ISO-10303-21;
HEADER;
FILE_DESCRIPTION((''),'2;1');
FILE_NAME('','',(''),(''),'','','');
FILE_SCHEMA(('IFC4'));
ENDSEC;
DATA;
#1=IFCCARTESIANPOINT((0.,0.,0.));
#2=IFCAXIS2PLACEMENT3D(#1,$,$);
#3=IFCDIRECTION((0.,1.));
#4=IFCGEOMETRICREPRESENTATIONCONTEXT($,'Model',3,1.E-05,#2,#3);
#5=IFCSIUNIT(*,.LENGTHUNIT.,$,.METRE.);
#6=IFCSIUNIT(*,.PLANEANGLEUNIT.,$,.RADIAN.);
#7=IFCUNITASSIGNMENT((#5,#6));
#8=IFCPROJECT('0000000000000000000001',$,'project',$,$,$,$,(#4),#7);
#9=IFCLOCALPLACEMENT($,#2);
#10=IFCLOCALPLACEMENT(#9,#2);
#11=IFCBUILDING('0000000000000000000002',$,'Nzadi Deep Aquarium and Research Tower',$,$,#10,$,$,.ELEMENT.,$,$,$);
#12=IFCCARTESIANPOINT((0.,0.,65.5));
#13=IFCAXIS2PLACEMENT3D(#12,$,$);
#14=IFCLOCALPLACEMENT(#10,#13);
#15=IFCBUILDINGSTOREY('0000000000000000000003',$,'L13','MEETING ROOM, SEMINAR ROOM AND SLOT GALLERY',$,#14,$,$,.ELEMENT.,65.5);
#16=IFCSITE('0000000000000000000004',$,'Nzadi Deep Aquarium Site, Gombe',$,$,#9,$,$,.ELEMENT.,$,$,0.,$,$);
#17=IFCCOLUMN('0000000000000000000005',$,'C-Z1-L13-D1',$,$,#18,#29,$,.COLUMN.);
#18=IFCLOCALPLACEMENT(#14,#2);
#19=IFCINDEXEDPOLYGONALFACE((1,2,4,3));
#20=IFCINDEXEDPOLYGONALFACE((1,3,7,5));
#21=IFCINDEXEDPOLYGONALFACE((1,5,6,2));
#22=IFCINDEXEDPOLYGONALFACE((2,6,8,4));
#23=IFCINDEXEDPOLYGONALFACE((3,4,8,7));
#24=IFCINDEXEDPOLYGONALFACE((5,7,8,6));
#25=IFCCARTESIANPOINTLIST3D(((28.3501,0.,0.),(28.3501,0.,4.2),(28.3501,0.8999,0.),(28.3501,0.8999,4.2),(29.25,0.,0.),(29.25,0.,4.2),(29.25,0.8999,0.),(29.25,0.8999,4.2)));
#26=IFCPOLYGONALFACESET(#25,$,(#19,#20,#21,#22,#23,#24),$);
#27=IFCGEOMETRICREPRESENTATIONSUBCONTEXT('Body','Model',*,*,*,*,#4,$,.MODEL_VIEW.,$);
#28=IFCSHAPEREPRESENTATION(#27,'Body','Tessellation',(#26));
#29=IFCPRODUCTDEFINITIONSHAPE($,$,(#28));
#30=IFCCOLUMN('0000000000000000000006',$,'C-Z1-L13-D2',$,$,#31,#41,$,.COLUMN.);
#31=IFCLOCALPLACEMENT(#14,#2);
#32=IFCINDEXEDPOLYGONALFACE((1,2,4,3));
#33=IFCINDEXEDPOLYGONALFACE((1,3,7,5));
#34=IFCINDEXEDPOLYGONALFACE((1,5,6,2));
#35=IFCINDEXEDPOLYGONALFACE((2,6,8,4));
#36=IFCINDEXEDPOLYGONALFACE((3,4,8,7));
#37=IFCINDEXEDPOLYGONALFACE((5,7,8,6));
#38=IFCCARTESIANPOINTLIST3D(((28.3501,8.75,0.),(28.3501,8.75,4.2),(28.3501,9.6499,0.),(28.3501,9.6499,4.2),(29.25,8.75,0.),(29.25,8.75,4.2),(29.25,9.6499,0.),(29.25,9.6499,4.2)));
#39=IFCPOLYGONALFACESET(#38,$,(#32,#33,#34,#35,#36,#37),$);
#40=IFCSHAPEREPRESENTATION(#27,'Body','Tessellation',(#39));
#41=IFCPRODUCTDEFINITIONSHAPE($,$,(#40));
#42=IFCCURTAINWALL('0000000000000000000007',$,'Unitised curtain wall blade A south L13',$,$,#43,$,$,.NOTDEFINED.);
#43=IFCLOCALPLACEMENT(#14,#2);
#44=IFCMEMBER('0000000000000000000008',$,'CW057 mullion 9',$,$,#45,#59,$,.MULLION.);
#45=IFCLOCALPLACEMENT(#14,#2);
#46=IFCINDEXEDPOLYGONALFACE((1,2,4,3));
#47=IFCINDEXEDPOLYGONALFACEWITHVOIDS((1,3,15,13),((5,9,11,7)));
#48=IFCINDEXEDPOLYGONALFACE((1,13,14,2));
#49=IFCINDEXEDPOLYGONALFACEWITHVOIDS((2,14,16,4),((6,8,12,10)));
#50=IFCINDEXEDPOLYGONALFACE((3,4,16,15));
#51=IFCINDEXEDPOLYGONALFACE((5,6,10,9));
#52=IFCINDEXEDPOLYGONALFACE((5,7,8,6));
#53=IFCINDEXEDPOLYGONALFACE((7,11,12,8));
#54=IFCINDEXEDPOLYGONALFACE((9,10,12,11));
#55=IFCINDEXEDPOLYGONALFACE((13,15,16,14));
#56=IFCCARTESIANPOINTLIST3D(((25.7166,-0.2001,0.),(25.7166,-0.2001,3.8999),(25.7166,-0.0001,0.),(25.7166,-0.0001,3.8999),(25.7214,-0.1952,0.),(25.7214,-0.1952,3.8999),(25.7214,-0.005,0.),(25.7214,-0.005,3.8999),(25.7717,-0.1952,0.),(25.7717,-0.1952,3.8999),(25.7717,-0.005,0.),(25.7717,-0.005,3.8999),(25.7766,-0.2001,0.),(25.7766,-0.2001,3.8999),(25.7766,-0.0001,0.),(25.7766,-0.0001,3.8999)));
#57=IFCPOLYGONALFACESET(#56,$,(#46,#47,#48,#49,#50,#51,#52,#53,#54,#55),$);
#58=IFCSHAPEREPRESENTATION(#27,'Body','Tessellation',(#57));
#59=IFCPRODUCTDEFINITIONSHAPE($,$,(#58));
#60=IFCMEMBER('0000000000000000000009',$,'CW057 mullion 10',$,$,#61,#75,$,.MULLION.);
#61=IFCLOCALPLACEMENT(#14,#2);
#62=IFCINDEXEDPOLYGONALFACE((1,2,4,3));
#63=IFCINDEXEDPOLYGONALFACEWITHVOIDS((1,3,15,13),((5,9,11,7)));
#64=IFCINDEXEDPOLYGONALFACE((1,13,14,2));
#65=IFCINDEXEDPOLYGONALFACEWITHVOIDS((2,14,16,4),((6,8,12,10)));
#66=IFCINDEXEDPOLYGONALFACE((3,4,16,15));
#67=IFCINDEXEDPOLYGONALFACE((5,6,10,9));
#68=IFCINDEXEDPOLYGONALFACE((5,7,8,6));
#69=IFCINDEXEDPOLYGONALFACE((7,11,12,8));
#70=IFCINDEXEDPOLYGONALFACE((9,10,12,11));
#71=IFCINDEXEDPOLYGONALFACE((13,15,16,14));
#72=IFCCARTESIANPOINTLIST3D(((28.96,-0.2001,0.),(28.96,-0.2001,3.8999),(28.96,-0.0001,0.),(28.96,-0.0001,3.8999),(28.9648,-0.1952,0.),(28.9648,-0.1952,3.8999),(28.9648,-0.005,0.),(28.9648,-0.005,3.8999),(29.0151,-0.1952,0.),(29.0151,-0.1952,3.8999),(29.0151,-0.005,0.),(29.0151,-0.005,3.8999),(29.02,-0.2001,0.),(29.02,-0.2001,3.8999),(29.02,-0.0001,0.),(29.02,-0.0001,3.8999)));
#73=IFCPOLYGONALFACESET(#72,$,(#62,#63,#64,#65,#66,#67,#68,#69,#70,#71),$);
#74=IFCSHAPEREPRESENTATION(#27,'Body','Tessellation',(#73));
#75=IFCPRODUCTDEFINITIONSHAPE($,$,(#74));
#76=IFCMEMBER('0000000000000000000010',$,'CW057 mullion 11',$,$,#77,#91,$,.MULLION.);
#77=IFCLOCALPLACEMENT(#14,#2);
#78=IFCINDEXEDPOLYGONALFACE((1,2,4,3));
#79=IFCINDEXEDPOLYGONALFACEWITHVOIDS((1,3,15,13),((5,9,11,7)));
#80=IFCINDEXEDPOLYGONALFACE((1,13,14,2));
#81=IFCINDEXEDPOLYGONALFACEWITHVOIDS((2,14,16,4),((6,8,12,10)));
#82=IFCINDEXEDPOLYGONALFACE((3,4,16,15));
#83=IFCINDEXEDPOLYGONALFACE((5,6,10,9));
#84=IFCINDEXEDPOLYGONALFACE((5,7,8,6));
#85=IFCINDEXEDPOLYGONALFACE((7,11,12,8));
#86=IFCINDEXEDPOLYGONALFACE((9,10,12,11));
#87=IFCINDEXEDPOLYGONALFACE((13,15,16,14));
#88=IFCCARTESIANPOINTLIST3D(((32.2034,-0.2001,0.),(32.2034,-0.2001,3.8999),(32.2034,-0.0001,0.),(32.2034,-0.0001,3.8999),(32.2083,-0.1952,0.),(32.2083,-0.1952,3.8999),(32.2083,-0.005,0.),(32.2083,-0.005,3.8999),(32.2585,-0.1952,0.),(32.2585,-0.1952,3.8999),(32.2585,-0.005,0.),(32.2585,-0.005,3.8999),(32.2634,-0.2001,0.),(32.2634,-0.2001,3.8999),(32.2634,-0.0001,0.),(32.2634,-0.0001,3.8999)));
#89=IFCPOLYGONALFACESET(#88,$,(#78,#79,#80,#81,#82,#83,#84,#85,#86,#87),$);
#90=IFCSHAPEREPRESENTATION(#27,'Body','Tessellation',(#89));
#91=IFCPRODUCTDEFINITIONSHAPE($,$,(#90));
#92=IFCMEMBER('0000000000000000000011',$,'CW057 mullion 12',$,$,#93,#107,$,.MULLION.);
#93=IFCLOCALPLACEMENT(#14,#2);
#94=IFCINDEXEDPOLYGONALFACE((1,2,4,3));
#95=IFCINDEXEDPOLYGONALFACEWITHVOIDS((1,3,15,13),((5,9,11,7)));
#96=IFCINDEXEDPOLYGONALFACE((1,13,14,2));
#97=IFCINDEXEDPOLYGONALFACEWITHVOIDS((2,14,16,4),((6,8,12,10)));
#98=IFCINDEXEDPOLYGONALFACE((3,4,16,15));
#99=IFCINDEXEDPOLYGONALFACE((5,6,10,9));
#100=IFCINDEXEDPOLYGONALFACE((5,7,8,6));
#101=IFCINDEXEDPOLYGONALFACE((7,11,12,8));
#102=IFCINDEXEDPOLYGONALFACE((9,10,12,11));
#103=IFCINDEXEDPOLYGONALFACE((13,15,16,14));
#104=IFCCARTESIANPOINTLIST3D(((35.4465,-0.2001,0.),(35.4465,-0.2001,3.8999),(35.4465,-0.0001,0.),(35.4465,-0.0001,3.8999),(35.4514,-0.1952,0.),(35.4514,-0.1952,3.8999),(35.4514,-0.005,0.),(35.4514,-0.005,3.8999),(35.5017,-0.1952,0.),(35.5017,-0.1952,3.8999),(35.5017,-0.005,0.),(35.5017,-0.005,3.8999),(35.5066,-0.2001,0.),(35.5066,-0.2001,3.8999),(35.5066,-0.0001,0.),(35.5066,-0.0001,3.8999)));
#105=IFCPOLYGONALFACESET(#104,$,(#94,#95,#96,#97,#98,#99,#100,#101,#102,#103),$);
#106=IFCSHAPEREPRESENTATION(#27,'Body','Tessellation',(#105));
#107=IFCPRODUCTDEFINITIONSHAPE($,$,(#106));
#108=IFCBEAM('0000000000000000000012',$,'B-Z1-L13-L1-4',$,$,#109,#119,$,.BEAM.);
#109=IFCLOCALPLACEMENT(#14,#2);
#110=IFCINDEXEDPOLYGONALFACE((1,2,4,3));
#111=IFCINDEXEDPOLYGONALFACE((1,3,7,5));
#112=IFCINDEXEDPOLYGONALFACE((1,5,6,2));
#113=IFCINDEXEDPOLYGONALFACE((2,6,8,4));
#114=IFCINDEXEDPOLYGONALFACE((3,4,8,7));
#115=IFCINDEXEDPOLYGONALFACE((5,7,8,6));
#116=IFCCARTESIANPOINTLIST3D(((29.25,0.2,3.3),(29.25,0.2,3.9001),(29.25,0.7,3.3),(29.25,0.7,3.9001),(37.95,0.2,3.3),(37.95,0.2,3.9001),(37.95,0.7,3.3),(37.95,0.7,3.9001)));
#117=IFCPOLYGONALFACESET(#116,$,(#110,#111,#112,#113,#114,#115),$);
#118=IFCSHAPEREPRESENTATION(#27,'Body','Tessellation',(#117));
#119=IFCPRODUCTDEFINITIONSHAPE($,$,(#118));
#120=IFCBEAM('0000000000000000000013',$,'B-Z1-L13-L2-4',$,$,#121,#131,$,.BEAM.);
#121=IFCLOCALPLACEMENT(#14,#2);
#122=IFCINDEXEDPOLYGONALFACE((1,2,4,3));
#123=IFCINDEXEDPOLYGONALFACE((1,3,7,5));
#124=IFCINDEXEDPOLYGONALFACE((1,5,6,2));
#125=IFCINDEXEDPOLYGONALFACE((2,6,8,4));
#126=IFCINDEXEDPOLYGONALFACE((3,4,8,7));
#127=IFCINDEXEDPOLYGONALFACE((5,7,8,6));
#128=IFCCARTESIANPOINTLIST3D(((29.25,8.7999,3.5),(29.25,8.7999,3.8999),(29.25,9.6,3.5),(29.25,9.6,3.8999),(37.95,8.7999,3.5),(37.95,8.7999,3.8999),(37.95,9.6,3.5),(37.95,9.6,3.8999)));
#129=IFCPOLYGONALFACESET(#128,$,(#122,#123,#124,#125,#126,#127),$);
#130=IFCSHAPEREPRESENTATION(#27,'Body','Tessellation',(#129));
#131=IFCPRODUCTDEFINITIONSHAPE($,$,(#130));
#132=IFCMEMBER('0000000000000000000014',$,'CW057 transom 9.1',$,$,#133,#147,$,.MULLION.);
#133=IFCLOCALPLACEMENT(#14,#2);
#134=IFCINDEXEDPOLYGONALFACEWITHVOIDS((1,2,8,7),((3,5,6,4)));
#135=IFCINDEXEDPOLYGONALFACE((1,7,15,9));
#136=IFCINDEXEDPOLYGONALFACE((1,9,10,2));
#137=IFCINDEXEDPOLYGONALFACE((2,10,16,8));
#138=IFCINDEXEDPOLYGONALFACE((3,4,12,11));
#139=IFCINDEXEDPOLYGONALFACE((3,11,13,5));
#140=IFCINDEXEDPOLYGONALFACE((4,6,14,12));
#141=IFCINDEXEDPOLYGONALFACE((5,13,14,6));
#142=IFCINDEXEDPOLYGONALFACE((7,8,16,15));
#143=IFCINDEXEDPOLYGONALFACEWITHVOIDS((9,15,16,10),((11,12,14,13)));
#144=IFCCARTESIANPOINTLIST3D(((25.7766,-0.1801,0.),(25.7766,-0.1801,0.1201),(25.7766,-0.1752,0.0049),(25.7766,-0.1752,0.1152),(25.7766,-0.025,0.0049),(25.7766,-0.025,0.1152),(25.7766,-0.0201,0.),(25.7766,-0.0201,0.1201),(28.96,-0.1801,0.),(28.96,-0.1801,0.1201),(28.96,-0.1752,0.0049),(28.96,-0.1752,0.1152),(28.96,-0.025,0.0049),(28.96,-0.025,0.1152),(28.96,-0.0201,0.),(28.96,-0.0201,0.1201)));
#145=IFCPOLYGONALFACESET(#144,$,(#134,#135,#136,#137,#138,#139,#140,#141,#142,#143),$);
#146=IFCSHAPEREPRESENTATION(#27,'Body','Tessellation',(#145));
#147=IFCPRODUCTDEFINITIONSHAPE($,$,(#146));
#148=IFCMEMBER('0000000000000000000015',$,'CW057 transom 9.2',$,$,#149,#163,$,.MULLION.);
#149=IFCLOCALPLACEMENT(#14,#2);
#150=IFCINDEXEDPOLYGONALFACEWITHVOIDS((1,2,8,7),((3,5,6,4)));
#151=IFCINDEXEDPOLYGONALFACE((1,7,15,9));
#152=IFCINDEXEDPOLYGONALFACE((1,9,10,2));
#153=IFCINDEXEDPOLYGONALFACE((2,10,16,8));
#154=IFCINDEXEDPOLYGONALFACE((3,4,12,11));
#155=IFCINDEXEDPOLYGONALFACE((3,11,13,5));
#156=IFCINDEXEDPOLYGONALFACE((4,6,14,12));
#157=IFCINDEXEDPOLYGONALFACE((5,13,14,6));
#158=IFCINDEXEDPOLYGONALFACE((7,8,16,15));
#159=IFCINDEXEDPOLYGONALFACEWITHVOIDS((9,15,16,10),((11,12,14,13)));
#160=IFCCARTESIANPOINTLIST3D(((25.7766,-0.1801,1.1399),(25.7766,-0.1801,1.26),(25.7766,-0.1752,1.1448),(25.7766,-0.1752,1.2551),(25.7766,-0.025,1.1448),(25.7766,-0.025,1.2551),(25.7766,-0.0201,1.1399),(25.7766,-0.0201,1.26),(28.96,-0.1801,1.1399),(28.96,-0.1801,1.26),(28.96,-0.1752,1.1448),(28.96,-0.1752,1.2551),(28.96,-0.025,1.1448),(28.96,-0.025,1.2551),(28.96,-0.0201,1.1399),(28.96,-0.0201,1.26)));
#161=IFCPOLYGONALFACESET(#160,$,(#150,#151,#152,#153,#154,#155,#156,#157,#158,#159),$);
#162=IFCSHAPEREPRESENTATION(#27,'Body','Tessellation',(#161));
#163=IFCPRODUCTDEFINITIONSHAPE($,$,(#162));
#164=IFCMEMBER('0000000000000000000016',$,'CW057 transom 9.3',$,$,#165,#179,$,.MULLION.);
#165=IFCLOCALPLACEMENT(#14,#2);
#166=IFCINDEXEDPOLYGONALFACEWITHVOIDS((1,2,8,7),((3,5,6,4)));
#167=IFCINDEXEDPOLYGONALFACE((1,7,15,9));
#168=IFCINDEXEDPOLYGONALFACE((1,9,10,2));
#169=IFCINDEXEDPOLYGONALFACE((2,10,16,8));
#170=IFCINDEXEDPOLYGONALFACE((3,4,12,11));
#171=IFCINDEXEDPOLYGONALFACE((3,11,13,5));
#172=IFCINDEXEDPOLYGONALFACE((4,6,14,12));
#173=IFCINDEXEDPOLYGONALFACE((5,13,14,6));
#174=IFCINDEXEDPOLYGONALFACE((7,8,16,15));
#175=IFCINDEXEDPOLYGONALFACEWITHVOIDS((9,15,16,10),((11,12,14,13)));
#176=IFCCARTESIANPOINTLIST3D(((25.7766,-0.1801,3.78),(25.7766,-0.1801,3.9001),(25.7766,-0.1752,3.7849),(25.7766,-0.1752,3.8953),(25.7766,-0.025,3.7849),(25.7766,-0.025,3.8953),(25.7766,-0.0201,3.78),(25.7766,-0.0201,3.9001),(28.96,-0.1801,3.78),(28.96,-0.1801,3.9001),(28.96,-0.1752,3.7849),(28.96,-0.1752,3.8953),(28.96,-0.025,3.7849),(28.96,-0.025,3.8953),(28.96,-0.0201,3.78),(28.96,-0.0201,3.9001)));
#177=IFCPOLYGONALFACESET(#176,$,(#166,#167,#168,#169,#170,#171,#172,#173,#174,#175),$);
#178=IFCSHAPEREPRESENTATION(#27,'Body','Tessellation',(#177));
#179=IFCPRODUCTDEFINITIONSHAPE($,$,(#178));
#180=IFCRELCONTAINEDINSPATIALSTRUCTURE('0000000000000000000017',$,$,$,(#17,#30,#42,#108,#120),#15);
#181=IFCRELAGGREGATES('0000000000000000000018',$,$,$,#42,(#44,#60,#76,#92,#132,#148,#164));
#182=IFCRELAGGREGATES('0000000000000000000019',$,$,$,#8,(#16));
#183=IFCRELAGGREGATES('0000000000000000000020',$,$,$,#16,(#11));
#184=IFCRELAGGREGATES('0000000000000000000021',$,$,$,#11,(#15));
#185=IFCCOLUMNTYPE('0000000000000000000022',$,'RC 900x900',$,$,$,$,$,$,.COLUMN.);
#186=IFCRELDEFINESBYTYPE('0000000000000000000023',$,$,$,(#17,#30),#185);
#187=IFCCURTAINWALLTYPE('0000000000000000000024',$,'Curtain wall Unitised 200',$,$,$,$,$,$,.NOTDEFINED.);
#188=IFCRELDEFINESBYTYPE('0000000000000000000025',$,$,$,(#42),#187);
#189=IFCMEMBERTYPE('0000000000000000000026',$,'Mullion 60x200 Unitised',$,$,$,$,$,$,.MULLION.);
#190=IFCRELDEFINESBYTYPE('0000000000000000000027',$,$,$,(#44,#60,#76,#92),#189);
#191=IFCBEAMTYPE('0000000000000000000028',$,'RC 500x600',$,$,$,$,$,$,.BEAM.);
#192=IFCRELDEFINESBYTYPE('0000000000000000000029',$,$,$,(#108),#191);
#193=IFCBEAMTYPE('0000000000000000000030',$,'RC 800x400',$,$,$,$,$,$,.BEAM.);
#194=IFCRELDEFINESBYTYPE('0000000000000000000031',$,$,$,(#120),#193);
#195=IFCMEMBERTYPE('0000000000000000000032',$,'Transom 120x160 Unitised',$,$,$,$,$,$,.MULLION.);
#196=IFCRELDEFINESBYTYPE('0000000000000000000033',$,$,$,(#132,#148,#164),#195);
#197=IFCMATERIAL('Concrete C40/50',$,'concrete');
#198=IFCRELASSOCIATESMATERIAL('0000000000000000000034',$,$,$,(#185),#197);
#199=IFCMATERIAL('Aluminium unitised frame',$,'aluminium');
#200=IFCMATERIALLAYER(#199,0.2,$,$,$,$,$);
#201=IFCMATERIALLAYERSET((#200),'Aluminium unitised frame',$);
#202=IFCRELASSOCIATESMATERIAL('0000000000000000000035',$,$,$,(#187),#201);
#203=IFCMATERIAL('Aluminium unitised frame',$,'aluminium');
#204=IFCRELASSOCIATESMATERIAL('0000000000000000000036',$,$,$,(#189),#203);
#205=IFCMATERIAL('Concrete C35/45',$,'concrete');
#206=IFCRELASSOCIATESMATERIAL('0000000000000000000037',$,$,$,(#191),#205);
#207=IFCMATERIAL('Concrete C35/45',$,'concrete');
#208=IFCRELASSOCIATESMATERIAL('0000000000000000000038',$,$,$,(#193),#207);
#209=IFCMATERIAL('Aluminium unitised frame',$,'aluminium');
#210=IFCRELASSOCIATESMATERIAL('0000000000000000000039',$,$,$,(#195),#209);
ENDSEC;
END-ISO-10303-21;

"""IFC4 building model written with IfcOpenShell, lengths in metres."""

from ifc_helpers import new_model, si_unit, direction, frame, origin, origin_2d, place, context, subcontext, project, spatial, rectangle, hollow_rectangle, extrude, material, layer, layer_set, material_profile, profile_set, type_object, element, aggregate, save


model = new_model("IFC4")

# Units and contexts
model_context = context("Model", 3, precision=1e-05, world=origin(), true_north=direction((0.0, 1.0)))
body_context = subcontext(model_context, "Body", "Model", "MODEL_VIEW")
ifc_project = project(units=[si_unit("LENGTHUNIT", "METRE"), si_unit("PLANEANGLEUNIT", "RADIAN")], contexts=[model_context])

# Site, building, storey
site_placement = place(None, origin())
site = spatial("IfcSite", under=ifc_project, at=site_placement, Name="Nzadi Deep Aquarium Site, Gombe", CompositionType="ELEMENT", RefElevation=0.0)
building_placement = place(site_placement, origin())
building = spatial("IfcBuilding", under=site, at=building_placement, Name="Nzadi Deep Aquarium and Research Tower", CompositionType="ELEMENT")
storey_placement = place(building_placement, frame((0.0, 0.0, 65.5)))
storey = spatial("IfcBuildingStorey", under=building, at=storey_placement, Name="L13", Description="MEETING ROOM, SEMINAR ROOM AND SLOT GALLERY", CompositionType="ELEMENT", Elevation=65.5)

# Columns
ifc_material_1 = material(Name="Concrete C40/50", Category="concrete")
ifc_material_profile_1 = material_profile(ifc_material_1, rectangle(XDim=0.8999, YDim=0.8999, at=origin_2d()))
ifc_profile_set_1 = profile_set([ifc_material_profile_1], Name="Concrete C40/50")
column_type = type_object("IfcColumnType", Name="RC 900x900", PredefinedType="COLUMN", material=ifc_profile_set_1)
for number, where, z_axis, x_axis, name in (
    (1, (28.8, 0.45, 0.0), (0.0, 0.0, 1.0), (1.0, 0.0, 0.0), "C-Z1-L13-D1"),
    (2, (28.8, 9.2, 0.0), (0.0, 0.0, 1.0), (1.0, 0.0, 0.0), "C-Z1-L13-D2"),
):
    element("IfcColumn", number, at=place(storey_placement, frame(where, z_axis=z_axis, x_axis=x_axis)), inside=storey, type_object=column_type, Name=name, PredefinedType="COLUMN", context=body_context, shape_type="SweptSolid", body=[
        extrude(rectangle(XDim=0.8999, YDim=0.8999, at=origin_2d()), origin(), (0.0, 0.0, 1.0), 4.2),
    ])

# Curtain wall, members
ifc_material_2 = material(Name="Aluminium unitised frame", Category="aluminium")
ifc_layer_1 = layer(ifc_material_2, 0.2)
ifc_layer_set_1 = layer_set([ifc_layer_1], Name="Aluminium unitised frame")
curtain_wall_type = type_object("IfcCurtainWallType", Name="Curtain wall Unitised 200", PredefinedType="NOTDEFINED", material=ifc_layer_set_1)
curtain_wall_placement = place(storey_placement, origin())
curtain_wall = element("IfcCurtainWall", 3, at=curtain_wall_placement, inside=storey, type_object=curtain_wall_type, Name="Unitised curtain wall blade A south L13", PredefinedType="NOTDEFINED")
ifc_material_3 = material(Name="Aluminium unitised frame", Category="aluminium")
ifc_material_profile_2 = material_profile(ifc_material_3, hollow_rectangle(XDim=0.2, YDim=0.0601, WallThickness=0.0049, at=origin_2d()))
ifc_profile_set_2 = profile_set([ifc_material_profile_2], Name="Aluminium unitised frame")
member_type_1 = type_object("IfcMemberType", Name="Mullion 60x200 Unitised", PredefinedType="MULLION", material=ifc_profile_set_2)
member_1_placement = place(storey_placement, frame((25.7466, -0.1001, 0.0), z_axis=(0.0, 0.0, 1.0), x_axis=(0.0, 1.0, 0.0)))
member_1 = element("IfcMember", 4, at=member_1_placement, type_object=member_type_1, Name="CW057 mullion 9", PredefinedType="MULLION", context=body_context, shape_type="SweptSolid", body=[
    extrude(hollow_rectangle(XDim=0.2, YDim=0.0601, WallThickness=0.0049, at=origin_2d()), origin(), (0.0, 0.0, 1.0), 3.8999),
])
member_2_placement = place(storey_placement, frame((28.99, -0.1001, 0.0), z_axis=(0.0, 0.0, 1.0), x_axis=(0.0, 1.0, 0.0)))
member_2 = element("IfcMember", 5, at=member_2_placement, type_object=member_type_1, Name="CW057 mullion 10", PredefinedType="MULLION", context=body_context, shape_type="SweptSolid", body=[
    extrude(hollow_rectangle(XDim=0.2, YDim=0.0601, WallThickness=0.0049, at=origin_2d()), origin(), (0.0, 0.0, 1.0), 3.8999),
])
member_3_placement = place(storey_placement, frame((32.2334, -0.1001, 0.0), z_axis=(0.0, 0.0, 1.0), x_axis=(0.0, 1.0, 0.0)))
member_3 = element("IfcMember", 6, at=member_3_placement, type_object=member_type_1, Name="CW057 mullion 11", PredefinedType="MULLION", context=body_context, shape_type="SweptSolid", body=[
    extrude(hollow_rectangle(XDim=0.2, YDim=0.0601, WallThickness=0.0049, at=origin_2d()), origin(), (0.0, 0.0, 1.0), 3.8999),
])
member_4_placement = place(storey_placement, frame((35.4766, -0.1001, 0.0), z_axis=(0.0, 0.0, 1.0), x_axis=(0.0, 1.0, 0.0)))
member_4 = element("IfcMember", 7, at=member_4_placement, type_object=member_type_1, Name="CW057 mullion 12", PredefinedType="MULLION", context=body_context, shape_type="SweptSolid", body=[
    extrude(hollow_rectangle(XDim=0.2, YDim=0.0601, WallThickness=0.0049, at=origin_2d()), origin(), (0.0, 0.0, 1.0), 3.8999),
])

# Beams
ifc_material_4 = material(Name="Concrete C35/45", Category="concrete")
ifc_material_profile_3 = material_profile(ifc_material_4, rectangle(XDim=0.5, YDim=0.6001, at=origin_2d()))
ifc_profile_set_3 = profile_set([ifc_material_profile_3], Name="Concrete C35/45")
beam_type_1 = type_object("IfcBeamType", Name="RC 500x600", PredefinedType="BEAM", material=ifc_profile_set_3)
beam_1_placement = place(storey_placement, frame((29.25, 0.45, 3.6001), z_axis=(1.0, 0.0, 0.0), x_axis=(0.0, 1.0, 0.0)))
element("IfcBeam", 8, at=beam_1_placement, inside=storey, type_object=beam_type_1, Name="B-Z1-L13-L1-4", PredefinedType="BEAM", context=body_context, shape_type="SweptSolid", body=[
    extrude(rectangle(XDim=0.5, YDim=0.6001, at=origin_2d()), origin(), (0.0, 0.0, 1.0), 8.7),
])
ifc_material_5 = material(Name="Concrete C35/45", Category="concrete")
ifc_material_profile_4 = material_profile(ifc_material_5, rectangle(XDim=0.8, YDim=0.3999, at=origin_2d()))
ifc_profile_set_4 = profile_set([ifc_material_profile_4], Name="Concrete C35/45")
beam_type_2 = type_object("IfcBeamType", Name="RC 800x400", PredefinedType="BEAM", material=ifc_profile_set_4)
beam_2_placement = place(storey_placement, frame((29.25, 9.2, 3.7), z_axis=(1.0, 0.0, 0.0), x_axis=(0.0, 1.0, 0.0)))
element("IfcBeam", 9, at=beam_2_placement, inside=storey, type_object=beam_type_2, Name="B-Z1-L13-L2-4", PredefinedType="BEAM", context=body_context, shape_type="SweptSolid", body=[
    extrude(rectangle(XDim=0.8, YDim=0.3999, at=origin_2d()), origin(), (0.0, 0.0, 1.0), 8.7),
])

# Members
ifc_material_6 = material(Name="Aluminium unitised frame", Category="aluminium")
ifc_material_profile_5 = material_profile(ifc_material_6, hollow_rectangle(XDim=0.1599, YDim=0.1201, WallThickness=0.0049, at=origin_2d()))
ifc_profile_set_5 = profile_set([ifc_material_profile_5], Name="Aluminium unitised frame")
member_type_2 = type_object("IfcMemberType", Name="Transom 120x160 Unitised", PredefinedType="MULLION", material=ifc_profile_set_5)
member_5_placement = place(storey_placement, frame((25.7766, -0.1001, 0.0601), z_axis=(1.0, 0.0, 0.0), x_axis=(0.0, 1.0, 0.0)))
member_5 = element("IfcMember", 10, at=member_5_placement, type_object=member_type_2, Name="CW057 transom 9.1", PredefinedType="MULLION", context=body_context, shape_type="SweptSolid", body=[
    extrude(hollow_rectangle(XDim=0.1599, YDim=0.1201, WallThickness=0.0049, at=origin_2d()), origin(), (0.0, 0.0, 1.0), 3.1833),
])
member_6_placement = place(storey_placement, frame((25.7766, -0.1001, 1.2), z_axis=(1.0, 0.0, 0.0), x_axis=(0.0, 1.0, 0.0)))
member_6 = element("IfcMember", 11, at=member_6_placement, type_object=member_type_2, Name="CW057 transom 9.2", PredefinedType="MULLION", context=body_context, shape_type="SweptSolid", body=[
    extrude(hollow_rectangle(XDim=0.1599, YDim=0.1201, WallThickness=0.0049, at=origin_2d()), origin(), (0.0, 0.0, 1.0), 3.1833),
])
member_7_placement = place(storey_placement, frame((25.7766, -0.1001, 3.8401), z_axis=(1.0, 0.0, 0.0), x_axis=(0.0, 1.0, 0.0)))
member_7 = element("IfcMember", 12, at=member_7_placement, type_object=member_type_2, Name="CW057 transom 9.3", PredefinedType="MULLION", context=body_context, shape_type="SweptSolid", body=[
    extrude(hollow_rectangle(XDim=0.1599, YDim=0.1201, WallThickness=0.0049, at=origin_2d()), origin(), (0.0, 0.0, 1.0), 3.1833),
])

aggregate(curtain_wall, [member_1, member_2, member_3, member_4, member_5, member_6, member_7])

save(model, "model.ifc")
